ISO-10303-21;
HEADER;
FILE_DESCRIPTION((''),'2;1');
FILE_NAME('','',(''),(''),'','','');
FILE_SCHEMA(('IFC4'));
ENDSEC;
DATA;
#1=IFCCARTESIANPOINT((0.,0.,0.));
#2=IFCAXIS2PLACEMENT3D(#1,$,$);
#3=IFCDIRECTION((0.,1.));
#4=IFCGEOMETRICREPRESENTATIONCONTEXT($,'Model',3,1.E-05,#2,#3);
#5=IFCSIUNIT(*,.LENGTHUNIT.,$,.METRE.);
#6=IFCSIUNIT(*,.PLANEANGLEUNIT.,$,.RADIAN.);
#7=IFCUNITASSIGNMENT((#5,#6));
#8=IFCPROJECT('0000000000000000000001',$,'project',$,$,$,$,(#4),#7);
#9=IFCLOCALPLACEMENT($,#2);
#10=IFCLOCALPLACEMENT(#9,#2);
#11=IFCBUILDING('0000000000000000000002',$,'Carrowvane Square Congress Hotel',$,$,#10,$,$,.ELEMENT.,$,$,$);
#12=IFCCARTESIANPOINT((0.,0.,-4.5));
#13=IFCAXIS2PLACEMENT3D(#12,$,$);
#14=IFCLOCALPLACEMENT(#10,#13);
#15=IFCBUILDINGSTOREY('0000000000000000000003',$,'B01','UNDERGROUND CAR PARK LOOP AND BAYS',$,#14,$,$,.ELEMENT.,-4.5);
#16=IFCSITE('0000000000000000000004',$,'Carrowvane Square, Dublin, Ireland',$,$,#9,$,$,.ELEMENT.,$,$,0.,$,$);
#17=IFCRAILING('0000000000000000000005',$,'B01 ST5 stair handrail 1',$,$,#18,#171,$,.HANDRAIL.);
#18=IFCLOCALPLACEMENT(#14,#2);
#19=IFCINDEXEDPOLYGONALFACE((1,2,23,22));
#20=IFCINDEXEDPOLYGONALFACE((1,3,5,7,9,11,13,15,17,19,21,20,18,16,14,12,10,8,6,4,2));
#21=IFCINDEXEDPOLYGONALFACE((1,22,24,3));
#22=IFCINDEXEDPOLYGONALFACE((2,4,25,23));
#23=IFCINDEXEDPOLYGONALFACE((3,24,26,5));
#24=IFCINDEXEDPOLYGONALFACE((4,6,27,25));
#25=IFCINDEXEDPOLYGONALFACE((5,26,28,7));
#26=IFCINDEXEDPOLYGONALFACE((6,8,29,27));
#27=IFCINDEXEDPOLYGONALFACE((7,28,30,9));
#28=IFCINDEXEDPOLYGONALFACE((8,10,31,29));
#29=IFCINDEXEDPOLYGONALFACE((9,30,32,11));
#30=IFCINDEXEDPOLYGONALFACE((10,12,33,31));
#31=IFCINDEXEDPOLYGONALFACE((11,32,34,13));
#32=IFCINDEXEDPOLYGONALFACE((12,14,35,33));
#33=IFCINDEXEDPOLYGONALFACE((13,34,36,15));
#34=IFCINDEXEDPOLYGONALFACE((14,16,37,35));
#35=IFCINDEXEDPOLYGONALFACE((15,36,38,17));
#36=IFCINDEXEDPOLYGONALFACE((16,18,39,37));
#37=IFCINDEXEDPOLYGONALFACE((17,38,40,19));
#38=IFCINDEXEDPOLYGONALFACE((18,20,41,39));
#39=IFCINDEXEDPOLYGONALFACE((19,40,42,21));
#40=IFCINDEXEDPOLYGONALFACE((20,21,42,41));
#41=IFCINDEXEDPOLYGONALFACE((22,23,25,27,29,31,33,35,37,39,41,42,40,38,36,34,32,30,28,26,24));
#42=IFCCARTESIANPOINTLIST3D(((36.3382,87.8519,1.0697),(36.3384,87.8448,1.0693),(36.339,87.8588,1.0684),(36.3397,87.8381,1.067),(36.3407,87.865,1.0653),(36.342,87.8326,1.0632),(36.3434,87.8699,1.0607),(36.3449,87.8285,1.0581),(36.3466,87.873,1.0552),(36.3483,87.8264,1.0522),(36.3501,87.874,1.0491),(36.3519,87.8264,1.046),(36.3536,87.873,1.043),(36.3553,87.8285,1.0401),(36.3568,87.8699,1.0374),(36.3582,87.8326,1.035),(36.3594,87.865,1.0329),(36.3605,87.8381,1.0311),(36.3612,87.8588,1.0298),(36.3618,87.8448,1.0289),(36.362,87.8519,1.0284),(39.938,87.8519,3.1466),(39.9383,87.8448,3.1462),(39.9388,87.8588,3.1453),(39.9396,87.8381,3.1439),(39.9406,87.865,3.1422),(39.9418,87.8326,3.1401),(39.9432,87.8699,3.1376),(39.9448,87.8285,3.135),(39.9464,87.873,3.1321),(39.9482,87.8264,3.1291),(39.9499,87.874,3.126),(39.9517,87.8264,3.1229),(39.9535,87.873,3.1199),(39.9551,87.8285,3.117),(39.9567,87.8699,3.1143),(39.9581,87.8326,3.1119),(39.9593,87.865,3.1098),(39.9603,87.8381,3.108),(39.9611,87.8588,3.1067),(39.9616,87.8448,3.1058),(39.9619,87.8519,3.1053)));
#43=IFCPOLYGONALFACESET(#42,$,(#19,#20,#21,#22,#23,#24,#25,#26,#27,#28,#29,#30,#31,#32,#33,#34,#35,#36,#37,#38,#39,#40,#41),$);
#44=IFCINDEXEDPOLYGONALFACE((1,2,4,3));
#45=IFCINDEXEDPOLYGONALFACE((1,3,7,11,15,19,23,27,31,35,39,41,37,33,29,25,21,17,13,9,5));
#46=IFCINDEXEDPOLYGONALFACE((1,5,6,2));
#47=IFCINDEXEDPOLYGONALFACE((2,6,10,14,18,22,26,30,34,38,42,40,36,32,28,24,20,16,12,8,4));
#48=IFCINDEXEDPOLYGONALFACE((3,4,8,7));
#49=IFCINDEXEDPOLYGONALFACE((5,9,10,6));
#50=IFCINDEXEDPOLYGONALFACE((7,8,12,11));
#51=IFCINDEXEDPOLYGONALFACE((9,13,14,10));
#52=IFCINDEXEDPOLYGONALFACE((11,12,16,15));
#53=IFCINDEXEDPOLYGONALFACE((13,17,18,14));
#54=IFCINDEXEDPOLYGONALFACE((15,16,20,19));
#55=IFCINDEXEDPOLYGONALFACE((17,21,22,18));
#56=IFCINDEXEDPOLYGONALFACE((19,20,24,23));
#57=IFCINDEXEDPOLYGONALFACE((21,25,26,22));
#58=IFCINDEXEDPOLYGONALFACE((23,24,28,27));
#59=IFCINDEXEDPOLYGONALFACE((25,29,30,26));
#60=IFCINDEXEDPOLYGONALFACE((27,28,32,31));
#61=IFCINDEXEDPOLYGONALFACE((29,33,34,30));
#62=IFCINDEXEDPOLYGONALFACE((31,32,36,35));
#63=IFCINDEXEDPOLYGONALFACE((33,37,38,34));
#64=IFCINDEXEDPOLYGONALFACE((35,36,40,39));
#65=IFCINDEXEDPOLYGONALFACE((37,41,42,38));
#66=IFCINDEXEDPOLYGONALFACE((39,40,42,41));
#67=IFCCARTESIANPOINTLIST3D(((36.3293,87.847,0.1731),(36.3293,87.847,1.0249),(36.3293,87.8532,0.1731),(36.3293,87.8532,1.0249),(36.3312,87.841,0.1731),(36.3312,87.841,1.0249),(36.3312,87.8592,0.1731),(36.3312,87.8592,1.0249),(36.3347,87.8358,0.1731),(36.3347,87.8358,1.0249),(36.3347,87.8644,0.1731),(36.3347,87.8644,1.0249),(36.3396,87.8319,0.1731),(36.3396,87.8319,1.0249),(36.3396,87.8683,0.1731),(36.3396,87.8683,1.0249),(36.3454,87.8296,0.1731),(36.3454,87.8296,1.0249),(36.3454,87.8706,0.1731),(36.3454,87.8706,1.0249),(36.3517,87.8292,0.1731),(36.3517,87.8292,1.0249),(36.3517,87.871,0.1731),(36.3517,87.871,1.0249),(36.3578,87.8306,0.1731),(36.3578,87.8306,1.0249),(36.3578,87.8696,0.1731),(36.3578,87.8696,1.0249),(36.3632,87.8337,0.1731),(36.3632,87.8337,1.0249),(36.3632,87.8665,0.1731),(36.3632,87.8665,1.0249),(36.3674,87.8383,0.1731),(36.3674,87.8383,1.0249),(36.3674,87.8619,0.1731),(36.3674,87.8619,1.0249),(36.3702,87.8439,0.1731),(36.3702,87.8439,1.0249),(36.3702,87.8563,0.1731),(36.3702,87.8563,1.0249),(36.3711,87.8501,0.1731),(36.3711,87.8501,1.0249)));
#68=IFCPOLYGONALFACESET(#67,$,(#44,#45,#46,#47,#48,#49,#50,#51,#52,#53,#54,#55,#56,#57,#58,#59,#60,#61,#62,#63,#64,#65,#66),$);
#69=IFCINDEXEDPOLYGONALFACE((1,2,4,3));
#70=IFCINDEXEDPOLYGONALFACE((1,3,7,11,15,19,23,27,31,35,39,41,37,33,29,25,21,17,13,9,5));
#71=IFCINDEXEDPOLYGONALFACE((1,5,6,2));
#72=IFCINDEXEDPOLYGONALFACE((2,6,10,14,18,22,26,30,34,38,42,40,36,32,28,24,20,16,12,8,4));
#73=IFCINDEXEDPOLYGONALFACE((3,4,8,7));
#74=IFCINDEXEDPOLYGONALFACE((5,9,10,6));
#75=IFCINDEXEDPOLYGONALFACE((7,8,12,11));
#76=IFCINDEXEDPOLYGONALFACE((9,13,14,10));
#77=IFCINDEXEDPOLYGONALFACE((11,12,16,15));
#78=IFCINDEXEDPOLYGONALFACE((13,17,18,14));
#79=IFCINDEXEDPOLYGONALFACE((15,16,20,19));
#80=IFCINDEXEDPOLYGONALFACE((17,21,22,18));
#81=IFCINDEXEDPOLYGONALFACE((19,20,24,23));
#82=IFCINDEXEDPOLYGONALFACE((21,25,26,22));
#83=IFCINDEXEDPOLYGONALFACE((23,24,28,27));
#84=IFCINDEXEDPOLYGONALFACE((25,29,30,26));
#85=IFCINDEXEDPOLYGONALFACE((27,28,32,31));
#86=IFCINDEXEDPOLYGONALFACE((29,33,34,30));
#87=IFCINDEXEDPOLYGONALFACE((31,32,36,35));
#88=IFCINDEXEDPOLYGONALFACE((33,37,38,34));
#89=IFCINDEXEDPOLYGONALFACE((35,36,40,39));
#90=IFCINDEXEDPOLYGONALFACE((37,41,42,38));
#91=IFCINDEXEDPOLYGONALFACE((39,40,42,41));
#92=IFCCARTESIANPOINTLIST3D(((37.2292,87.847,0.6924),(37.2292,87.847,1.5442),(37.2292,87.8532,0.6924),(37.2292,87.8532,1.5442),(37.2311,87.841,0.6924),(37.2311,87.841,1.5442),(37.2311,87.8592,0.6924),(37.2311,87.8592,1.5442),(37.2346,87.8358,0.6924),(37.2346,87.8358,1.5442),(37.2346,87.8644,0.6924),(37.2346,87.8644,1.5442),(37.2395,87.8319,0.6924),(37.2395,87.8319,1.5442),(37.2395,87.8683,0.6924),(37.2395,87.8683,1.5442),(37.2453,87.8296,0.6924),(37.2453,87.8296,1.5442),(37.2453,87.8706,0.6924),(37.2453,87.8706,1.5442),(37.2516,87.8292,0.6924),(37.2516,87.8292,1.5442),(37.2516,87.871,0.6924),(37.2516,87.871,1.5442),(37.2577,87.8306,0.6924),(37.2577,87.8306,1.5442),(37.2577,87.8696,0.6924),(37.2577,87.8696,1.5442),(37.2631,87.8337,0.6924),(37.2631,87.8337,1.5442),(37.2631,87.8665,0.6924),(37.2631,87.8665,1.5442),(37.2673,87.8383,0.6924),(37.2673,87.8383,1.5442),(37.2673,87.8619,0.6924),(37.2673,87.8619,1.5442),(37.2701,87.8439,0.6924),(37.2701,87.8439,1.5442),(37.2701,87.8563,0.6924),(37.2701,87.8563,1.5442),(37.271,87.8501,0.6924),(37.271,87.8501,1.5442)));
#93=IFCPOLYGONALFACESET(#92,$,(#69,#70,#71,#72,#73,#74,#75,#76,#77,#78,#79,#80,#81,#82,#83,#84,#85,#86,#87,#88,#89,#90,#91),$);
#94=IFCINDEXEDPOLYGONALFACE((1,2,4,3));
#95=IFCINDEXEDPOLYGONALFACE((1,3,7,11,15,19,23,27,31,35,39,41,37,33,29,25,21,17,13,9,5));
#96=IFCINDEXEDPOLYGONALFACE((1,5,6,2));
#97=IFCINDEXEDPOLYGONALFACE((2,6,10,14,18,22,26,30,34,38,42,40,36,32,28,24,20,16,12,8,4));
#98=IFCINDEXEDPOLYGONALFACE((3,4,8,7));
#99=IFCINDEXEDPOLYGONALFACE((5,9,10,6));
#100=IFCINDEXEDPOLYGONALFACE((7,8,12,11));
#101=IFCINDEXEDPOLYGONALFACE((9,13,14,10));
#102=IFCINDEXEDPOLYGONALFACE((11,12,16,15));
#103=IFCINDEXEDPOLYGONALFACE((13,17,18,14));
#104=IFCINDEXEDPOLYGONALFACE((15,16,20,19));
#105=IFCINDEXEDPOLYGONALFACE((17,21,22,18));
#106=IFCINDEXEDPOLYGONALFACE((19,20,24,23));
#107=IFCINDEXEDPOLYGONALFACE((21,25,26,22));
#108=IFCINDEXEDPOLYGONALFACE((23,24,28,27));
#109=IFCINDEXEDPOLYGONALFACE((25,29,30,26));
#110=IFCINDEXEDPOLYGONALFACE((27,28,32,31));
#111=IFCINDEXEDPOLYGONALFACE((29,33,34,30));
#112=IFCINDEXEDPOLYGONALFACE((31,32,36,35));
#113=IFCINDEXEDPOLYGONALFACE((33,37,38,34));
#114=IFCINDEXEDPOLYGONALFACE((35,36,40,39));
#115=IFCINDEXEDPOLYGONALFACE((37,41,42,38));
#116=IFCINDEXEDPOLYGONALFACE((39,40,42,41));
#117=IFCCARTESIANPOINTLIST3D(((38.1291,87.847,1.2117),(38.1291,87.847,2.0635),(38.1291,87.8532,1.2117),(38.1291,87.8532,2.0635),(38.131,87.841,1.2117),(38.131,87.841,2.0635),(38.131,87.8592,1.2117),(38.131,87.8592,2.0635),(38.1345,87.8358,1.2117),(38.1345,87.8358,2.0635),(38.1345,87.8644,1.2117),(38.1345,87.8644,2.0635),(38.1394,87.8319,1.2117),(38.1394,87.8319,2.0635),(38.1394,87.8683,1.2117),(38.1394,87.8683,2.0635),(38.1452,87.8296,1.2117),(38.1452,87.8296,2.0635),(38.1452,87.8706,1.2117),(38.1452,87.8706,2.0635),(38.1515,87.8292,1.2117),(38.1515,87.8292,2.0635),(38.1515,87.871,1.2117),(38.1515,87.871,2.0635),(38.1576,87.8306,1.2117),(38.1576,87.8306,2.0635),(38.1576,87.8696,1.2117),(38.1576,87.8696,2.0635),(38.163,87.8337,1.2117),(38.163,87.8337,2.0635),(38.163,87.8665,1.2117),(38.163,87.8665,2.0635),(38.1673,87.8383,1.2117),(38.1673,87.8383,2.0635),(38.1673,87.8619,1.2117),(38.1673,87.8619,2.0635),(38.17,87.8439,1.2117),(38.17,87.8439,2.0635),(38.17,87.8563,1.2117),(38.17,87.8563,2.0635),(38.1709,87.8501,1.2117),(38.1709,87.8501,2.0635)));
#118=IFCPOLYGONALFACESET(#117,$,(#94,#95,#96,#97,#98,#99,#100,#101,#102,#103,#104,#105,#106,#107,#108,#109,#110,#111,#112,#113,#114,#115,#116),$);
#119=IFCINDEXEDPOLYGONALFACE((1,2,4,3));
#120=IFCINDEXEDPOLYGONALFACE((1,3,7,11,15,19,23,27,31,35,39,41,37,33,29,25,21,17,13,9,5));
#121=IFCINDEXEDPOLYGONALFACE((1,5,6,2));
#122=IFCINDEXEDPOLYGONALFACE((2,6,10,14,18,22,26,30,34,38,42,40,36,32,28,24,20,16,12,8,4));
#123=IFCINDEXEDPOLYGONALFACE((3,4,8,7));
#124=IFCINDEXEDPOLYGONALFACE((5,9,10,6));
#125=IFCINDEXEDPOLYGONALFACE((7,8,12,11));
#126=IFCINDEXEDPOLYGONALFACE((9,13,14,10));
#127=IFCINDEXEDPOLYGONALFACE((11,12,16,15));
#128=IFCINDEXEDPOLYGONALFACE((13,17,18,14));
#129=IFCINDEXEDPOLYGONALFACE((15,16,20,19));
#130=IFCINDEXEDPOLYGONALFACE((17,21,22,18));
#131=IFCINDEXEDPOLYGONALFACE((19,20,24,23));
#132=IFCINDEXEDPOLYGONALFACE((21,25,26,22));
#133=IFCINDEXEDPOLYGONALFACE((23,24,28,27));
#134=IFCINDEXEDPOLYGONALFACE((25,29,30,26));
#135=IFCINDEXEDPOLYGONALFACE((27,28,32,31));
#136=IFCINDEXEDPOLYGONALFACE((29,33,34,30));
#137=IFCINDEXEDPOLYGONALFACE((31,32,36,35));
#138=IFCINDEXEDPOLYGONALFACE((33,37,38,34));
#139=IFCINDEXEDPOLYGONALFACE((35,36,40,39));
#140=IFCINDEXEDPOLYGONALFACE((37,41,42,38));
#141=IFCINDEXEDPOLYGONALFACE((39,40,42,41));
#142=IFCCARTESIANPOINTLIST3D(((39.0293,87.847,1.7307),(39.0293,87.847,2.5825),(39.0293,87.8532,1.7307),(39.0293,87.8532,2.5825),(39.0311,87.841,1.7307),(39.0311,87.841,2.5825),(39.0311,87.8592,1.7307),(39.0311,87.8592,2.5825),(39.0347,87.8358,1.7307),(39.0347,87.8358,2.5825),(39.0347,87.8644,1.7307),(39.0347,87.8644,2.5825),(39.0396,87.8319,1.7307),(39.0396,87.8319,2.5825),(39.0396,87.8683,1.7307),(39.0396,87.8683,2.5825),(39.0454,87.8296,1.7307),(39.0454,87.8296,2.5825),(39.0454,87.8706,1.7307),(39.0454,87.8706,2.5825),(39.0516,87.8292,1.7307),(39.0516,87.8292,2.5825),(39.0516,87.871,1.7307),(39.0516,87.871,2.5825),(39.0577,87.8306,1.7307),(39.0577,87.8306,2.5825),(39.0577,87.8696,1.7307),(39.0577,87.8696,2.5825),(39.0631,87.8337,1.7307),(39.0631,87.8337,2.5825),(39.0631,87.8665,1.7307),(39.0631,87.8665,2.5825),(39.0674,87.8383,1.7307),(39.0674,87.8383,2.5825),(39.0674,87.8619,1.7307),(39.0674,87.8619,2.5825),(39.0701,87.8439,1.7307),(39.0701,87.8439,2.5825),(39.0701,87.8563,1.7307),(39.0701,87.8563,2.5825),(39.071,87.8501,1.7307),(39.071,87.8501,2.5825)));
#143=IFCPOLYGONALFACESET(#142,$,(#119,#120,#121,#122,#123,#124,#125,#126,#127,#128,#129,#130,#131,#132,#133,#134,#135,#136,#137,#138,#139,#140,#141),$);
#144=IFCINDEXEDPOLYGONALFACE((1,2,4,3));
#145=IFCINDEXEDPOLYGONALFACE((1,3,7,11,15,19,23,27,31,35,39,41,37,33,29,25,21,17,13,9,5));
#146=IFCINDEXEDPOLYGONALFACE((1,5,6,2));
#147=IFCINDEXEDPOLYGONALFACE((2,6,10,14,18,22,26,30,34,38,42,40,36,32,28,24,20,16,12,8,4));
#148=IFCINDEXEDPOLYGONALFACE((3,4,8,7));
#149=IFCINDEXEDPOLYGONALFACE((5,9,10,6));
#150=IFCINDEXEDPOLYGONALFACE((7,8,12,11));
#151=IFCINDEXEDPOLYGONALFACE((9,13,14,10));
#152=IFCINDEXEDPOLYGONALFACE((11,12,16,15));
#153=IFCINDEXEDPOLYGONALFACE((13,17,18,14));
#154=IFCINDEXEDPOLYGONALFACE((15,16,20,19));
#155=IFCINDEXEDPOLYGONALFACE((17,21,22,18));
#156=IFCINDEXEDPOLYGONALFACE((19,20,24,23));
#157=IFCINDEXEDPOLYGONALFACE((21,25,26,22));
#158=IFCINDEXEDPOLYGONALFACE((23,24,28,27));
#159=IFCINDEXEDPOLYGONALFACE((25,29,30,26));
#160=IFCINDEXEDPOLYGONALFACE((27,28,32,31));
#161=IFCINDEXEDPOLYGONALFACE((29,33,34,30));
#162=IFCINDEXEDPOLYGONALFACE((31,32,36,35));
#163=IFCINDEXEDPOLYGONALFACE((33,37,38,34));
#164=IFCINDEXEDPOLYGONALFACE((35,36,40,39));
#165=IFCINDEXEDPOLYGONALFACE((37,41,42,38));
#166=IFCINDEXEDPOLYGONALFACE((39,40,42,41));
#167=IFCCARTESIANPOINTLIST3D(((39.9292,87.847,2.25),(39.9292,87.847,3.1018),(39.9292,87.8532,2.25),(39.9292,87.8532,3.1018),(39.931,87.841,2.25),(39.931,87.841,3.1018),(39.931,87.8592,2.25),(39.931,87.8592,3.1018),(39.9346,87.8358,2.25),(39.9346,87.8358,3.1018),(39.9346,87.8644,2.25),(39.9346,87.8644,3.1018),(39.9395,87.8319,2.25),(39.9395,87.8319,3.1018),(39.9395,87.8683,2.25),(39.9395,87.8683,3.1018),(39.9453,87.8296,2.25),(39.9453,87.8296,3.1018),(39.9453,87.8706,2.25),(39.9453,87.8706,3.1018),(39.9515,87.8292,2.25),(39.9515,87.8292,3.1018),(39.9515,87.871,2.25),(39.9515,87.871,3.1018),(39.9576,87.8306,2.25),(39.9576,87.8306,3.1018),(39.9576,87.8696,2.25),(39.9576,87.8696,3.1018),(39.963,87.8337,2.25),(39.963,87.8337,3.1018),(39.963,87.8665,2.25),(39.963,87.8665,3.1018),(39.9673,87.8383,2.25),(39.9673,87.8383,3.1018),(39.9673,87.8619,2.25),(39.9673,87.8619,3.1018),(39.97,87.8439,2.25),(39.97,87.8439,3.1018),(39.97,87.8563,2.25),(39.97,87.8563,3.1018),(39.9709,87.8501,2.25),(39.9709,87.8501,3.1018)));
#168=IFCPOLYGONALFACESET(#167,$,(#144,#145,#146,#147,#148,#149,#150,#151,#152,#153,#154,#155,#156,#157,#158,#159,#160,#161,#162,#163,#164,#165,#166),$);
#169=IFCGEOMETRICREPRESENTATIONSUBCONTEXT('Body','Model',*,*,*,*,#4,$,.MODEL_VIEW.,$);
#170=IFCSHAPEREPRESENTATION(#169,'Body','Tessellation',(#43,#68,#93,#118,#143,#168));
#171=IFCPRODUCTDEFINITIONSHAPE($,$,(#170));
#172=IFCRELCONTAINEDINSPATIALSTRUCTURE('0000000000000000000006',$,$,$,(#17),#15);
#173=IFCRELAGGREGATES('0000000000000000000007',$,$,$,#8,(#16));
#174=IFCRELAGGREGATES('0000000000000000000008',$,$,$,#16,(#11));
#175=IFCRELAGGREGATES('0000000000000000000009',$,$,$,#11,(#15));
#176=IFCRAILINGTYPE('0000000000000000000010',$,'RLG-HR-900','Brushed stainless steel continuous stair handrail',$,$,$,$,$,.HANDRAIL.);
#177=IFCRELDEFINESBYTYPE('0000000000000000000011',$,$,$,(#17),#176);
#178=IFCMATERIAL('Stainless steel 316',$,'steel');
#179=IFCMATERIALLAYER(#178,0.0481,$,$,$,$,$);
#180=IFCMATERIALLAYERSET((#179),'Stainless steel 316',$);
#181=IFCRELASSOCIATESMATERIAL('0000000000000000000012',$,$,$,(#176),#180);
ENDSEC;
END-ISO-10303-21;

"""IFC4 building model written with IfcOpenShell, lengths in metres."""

from ifc_helpers import new_model, si_unit, direction, frame, origin, origin_2d, place, context, subcontext, project, spatial, circle, extrude, material, layer, layer_set, type_object, element, save


model = new_model("IFC4")

# Units and contexts
model_context = context("Model", 3, precision=1e-05, world=origin(), true_north=direction((0.0, 1.0)))
body_context = subcontext(model_context, "Body", "Model", "MODEL_VIEW")
ifc_project = project(units=[si_unit("LENGTHUNIT", "METRE"), si_unit("PLANEANGLEUNIT", "RADIAN")], contexts=[model_context])

# Site, building, storey
site_placement = place(None, origin())
site = spatial("IfcSite", under=ifc_project, at=site_placement, Name="Carrowvane Square, Dublin, Ireland", CompositionType="ELEMENT", RefElevation=0.0)
building_placement = place(site_placement, origin())
building = spatial("IfcBuilding", under=site, at=building_placement, Name="Carrowvane Square Congress Hotel", CompositionType="ELEMENT")
storey_placement = place(building_placement, frame((0.0, 0.0, -4.5)))
storey = spatial("IfcBuildingStorey", under=building, at=storey_placement, Name="B01", Description="UNDERGROUND CAR PARK LOOP AND BAYS", CompositionType="ELEMENT", Elevation=-4.5)

# Railing
ifc_material_1 = material(Name="Stainless steel 316", Category="steel")
ifc_layer_1 = layer(ifc_material_1, 0.0481)
ifc_layer_set_1 = layer_set([ifc_layer_1], Name="Stainless steel 316")
railing_type_1 = type_object("IfcRailingType", Name="RLG-HR-900", Description="Brushed stainless steel continuous stair handrail", PredefinedType="HANDRAIL", material=ifc_layer_set_1)
railing_1_placement = place(storey_placement, frame((36.3501, 87.8501, 0.1731)))
element("IfcRailing", 1, at=railing_1_placement, inside=storey, type_object=railing_type_1, Name="B01 ST5 stair handrail 1", PredefinedType="HANDRAIL", context=body_context, shape_type="SweptSolid", body=[
    extrude(circle(Radius=0.0239, at=origin_2d()), frame((0.0, 0.0, 0.876), z_axis=(0.866179, 0.0, 0.499734), x_axis=(0.0, 1.0, 0.0)), (0.0, 0.0, 1.0), 4.156),
    extrude(circle(Radius=0.021, at=origin_2d()), origin(), (0.0, 0.0, 1.0), 0.8518),
    extrude(circle(Radius=0.021, at=origin_2d()), frame((0.8999, 0.0, 0.5193)), (0.0, 0.0, 1.0), 0.8518),
    extrude(circle(Radius=0.021, at=origin_2d()), frame((1.7998, 0.0, 1.0386)), (0.0, 0.0, 1.0), 0.8518),
    extrude(circle(Radius=0.021, at=origin_2d()), frame((2.7, 0.0, 1.5576)), (0.0, 0.0, 1.0), 0.8518),
    extrude(circle(Radius=0.021, at=origin_2d()), frame((3.5999, 0.0, 2.0769)), (0.0, 0.0, 1.0), 0.8518),
])

save(model, "model.ifc")
